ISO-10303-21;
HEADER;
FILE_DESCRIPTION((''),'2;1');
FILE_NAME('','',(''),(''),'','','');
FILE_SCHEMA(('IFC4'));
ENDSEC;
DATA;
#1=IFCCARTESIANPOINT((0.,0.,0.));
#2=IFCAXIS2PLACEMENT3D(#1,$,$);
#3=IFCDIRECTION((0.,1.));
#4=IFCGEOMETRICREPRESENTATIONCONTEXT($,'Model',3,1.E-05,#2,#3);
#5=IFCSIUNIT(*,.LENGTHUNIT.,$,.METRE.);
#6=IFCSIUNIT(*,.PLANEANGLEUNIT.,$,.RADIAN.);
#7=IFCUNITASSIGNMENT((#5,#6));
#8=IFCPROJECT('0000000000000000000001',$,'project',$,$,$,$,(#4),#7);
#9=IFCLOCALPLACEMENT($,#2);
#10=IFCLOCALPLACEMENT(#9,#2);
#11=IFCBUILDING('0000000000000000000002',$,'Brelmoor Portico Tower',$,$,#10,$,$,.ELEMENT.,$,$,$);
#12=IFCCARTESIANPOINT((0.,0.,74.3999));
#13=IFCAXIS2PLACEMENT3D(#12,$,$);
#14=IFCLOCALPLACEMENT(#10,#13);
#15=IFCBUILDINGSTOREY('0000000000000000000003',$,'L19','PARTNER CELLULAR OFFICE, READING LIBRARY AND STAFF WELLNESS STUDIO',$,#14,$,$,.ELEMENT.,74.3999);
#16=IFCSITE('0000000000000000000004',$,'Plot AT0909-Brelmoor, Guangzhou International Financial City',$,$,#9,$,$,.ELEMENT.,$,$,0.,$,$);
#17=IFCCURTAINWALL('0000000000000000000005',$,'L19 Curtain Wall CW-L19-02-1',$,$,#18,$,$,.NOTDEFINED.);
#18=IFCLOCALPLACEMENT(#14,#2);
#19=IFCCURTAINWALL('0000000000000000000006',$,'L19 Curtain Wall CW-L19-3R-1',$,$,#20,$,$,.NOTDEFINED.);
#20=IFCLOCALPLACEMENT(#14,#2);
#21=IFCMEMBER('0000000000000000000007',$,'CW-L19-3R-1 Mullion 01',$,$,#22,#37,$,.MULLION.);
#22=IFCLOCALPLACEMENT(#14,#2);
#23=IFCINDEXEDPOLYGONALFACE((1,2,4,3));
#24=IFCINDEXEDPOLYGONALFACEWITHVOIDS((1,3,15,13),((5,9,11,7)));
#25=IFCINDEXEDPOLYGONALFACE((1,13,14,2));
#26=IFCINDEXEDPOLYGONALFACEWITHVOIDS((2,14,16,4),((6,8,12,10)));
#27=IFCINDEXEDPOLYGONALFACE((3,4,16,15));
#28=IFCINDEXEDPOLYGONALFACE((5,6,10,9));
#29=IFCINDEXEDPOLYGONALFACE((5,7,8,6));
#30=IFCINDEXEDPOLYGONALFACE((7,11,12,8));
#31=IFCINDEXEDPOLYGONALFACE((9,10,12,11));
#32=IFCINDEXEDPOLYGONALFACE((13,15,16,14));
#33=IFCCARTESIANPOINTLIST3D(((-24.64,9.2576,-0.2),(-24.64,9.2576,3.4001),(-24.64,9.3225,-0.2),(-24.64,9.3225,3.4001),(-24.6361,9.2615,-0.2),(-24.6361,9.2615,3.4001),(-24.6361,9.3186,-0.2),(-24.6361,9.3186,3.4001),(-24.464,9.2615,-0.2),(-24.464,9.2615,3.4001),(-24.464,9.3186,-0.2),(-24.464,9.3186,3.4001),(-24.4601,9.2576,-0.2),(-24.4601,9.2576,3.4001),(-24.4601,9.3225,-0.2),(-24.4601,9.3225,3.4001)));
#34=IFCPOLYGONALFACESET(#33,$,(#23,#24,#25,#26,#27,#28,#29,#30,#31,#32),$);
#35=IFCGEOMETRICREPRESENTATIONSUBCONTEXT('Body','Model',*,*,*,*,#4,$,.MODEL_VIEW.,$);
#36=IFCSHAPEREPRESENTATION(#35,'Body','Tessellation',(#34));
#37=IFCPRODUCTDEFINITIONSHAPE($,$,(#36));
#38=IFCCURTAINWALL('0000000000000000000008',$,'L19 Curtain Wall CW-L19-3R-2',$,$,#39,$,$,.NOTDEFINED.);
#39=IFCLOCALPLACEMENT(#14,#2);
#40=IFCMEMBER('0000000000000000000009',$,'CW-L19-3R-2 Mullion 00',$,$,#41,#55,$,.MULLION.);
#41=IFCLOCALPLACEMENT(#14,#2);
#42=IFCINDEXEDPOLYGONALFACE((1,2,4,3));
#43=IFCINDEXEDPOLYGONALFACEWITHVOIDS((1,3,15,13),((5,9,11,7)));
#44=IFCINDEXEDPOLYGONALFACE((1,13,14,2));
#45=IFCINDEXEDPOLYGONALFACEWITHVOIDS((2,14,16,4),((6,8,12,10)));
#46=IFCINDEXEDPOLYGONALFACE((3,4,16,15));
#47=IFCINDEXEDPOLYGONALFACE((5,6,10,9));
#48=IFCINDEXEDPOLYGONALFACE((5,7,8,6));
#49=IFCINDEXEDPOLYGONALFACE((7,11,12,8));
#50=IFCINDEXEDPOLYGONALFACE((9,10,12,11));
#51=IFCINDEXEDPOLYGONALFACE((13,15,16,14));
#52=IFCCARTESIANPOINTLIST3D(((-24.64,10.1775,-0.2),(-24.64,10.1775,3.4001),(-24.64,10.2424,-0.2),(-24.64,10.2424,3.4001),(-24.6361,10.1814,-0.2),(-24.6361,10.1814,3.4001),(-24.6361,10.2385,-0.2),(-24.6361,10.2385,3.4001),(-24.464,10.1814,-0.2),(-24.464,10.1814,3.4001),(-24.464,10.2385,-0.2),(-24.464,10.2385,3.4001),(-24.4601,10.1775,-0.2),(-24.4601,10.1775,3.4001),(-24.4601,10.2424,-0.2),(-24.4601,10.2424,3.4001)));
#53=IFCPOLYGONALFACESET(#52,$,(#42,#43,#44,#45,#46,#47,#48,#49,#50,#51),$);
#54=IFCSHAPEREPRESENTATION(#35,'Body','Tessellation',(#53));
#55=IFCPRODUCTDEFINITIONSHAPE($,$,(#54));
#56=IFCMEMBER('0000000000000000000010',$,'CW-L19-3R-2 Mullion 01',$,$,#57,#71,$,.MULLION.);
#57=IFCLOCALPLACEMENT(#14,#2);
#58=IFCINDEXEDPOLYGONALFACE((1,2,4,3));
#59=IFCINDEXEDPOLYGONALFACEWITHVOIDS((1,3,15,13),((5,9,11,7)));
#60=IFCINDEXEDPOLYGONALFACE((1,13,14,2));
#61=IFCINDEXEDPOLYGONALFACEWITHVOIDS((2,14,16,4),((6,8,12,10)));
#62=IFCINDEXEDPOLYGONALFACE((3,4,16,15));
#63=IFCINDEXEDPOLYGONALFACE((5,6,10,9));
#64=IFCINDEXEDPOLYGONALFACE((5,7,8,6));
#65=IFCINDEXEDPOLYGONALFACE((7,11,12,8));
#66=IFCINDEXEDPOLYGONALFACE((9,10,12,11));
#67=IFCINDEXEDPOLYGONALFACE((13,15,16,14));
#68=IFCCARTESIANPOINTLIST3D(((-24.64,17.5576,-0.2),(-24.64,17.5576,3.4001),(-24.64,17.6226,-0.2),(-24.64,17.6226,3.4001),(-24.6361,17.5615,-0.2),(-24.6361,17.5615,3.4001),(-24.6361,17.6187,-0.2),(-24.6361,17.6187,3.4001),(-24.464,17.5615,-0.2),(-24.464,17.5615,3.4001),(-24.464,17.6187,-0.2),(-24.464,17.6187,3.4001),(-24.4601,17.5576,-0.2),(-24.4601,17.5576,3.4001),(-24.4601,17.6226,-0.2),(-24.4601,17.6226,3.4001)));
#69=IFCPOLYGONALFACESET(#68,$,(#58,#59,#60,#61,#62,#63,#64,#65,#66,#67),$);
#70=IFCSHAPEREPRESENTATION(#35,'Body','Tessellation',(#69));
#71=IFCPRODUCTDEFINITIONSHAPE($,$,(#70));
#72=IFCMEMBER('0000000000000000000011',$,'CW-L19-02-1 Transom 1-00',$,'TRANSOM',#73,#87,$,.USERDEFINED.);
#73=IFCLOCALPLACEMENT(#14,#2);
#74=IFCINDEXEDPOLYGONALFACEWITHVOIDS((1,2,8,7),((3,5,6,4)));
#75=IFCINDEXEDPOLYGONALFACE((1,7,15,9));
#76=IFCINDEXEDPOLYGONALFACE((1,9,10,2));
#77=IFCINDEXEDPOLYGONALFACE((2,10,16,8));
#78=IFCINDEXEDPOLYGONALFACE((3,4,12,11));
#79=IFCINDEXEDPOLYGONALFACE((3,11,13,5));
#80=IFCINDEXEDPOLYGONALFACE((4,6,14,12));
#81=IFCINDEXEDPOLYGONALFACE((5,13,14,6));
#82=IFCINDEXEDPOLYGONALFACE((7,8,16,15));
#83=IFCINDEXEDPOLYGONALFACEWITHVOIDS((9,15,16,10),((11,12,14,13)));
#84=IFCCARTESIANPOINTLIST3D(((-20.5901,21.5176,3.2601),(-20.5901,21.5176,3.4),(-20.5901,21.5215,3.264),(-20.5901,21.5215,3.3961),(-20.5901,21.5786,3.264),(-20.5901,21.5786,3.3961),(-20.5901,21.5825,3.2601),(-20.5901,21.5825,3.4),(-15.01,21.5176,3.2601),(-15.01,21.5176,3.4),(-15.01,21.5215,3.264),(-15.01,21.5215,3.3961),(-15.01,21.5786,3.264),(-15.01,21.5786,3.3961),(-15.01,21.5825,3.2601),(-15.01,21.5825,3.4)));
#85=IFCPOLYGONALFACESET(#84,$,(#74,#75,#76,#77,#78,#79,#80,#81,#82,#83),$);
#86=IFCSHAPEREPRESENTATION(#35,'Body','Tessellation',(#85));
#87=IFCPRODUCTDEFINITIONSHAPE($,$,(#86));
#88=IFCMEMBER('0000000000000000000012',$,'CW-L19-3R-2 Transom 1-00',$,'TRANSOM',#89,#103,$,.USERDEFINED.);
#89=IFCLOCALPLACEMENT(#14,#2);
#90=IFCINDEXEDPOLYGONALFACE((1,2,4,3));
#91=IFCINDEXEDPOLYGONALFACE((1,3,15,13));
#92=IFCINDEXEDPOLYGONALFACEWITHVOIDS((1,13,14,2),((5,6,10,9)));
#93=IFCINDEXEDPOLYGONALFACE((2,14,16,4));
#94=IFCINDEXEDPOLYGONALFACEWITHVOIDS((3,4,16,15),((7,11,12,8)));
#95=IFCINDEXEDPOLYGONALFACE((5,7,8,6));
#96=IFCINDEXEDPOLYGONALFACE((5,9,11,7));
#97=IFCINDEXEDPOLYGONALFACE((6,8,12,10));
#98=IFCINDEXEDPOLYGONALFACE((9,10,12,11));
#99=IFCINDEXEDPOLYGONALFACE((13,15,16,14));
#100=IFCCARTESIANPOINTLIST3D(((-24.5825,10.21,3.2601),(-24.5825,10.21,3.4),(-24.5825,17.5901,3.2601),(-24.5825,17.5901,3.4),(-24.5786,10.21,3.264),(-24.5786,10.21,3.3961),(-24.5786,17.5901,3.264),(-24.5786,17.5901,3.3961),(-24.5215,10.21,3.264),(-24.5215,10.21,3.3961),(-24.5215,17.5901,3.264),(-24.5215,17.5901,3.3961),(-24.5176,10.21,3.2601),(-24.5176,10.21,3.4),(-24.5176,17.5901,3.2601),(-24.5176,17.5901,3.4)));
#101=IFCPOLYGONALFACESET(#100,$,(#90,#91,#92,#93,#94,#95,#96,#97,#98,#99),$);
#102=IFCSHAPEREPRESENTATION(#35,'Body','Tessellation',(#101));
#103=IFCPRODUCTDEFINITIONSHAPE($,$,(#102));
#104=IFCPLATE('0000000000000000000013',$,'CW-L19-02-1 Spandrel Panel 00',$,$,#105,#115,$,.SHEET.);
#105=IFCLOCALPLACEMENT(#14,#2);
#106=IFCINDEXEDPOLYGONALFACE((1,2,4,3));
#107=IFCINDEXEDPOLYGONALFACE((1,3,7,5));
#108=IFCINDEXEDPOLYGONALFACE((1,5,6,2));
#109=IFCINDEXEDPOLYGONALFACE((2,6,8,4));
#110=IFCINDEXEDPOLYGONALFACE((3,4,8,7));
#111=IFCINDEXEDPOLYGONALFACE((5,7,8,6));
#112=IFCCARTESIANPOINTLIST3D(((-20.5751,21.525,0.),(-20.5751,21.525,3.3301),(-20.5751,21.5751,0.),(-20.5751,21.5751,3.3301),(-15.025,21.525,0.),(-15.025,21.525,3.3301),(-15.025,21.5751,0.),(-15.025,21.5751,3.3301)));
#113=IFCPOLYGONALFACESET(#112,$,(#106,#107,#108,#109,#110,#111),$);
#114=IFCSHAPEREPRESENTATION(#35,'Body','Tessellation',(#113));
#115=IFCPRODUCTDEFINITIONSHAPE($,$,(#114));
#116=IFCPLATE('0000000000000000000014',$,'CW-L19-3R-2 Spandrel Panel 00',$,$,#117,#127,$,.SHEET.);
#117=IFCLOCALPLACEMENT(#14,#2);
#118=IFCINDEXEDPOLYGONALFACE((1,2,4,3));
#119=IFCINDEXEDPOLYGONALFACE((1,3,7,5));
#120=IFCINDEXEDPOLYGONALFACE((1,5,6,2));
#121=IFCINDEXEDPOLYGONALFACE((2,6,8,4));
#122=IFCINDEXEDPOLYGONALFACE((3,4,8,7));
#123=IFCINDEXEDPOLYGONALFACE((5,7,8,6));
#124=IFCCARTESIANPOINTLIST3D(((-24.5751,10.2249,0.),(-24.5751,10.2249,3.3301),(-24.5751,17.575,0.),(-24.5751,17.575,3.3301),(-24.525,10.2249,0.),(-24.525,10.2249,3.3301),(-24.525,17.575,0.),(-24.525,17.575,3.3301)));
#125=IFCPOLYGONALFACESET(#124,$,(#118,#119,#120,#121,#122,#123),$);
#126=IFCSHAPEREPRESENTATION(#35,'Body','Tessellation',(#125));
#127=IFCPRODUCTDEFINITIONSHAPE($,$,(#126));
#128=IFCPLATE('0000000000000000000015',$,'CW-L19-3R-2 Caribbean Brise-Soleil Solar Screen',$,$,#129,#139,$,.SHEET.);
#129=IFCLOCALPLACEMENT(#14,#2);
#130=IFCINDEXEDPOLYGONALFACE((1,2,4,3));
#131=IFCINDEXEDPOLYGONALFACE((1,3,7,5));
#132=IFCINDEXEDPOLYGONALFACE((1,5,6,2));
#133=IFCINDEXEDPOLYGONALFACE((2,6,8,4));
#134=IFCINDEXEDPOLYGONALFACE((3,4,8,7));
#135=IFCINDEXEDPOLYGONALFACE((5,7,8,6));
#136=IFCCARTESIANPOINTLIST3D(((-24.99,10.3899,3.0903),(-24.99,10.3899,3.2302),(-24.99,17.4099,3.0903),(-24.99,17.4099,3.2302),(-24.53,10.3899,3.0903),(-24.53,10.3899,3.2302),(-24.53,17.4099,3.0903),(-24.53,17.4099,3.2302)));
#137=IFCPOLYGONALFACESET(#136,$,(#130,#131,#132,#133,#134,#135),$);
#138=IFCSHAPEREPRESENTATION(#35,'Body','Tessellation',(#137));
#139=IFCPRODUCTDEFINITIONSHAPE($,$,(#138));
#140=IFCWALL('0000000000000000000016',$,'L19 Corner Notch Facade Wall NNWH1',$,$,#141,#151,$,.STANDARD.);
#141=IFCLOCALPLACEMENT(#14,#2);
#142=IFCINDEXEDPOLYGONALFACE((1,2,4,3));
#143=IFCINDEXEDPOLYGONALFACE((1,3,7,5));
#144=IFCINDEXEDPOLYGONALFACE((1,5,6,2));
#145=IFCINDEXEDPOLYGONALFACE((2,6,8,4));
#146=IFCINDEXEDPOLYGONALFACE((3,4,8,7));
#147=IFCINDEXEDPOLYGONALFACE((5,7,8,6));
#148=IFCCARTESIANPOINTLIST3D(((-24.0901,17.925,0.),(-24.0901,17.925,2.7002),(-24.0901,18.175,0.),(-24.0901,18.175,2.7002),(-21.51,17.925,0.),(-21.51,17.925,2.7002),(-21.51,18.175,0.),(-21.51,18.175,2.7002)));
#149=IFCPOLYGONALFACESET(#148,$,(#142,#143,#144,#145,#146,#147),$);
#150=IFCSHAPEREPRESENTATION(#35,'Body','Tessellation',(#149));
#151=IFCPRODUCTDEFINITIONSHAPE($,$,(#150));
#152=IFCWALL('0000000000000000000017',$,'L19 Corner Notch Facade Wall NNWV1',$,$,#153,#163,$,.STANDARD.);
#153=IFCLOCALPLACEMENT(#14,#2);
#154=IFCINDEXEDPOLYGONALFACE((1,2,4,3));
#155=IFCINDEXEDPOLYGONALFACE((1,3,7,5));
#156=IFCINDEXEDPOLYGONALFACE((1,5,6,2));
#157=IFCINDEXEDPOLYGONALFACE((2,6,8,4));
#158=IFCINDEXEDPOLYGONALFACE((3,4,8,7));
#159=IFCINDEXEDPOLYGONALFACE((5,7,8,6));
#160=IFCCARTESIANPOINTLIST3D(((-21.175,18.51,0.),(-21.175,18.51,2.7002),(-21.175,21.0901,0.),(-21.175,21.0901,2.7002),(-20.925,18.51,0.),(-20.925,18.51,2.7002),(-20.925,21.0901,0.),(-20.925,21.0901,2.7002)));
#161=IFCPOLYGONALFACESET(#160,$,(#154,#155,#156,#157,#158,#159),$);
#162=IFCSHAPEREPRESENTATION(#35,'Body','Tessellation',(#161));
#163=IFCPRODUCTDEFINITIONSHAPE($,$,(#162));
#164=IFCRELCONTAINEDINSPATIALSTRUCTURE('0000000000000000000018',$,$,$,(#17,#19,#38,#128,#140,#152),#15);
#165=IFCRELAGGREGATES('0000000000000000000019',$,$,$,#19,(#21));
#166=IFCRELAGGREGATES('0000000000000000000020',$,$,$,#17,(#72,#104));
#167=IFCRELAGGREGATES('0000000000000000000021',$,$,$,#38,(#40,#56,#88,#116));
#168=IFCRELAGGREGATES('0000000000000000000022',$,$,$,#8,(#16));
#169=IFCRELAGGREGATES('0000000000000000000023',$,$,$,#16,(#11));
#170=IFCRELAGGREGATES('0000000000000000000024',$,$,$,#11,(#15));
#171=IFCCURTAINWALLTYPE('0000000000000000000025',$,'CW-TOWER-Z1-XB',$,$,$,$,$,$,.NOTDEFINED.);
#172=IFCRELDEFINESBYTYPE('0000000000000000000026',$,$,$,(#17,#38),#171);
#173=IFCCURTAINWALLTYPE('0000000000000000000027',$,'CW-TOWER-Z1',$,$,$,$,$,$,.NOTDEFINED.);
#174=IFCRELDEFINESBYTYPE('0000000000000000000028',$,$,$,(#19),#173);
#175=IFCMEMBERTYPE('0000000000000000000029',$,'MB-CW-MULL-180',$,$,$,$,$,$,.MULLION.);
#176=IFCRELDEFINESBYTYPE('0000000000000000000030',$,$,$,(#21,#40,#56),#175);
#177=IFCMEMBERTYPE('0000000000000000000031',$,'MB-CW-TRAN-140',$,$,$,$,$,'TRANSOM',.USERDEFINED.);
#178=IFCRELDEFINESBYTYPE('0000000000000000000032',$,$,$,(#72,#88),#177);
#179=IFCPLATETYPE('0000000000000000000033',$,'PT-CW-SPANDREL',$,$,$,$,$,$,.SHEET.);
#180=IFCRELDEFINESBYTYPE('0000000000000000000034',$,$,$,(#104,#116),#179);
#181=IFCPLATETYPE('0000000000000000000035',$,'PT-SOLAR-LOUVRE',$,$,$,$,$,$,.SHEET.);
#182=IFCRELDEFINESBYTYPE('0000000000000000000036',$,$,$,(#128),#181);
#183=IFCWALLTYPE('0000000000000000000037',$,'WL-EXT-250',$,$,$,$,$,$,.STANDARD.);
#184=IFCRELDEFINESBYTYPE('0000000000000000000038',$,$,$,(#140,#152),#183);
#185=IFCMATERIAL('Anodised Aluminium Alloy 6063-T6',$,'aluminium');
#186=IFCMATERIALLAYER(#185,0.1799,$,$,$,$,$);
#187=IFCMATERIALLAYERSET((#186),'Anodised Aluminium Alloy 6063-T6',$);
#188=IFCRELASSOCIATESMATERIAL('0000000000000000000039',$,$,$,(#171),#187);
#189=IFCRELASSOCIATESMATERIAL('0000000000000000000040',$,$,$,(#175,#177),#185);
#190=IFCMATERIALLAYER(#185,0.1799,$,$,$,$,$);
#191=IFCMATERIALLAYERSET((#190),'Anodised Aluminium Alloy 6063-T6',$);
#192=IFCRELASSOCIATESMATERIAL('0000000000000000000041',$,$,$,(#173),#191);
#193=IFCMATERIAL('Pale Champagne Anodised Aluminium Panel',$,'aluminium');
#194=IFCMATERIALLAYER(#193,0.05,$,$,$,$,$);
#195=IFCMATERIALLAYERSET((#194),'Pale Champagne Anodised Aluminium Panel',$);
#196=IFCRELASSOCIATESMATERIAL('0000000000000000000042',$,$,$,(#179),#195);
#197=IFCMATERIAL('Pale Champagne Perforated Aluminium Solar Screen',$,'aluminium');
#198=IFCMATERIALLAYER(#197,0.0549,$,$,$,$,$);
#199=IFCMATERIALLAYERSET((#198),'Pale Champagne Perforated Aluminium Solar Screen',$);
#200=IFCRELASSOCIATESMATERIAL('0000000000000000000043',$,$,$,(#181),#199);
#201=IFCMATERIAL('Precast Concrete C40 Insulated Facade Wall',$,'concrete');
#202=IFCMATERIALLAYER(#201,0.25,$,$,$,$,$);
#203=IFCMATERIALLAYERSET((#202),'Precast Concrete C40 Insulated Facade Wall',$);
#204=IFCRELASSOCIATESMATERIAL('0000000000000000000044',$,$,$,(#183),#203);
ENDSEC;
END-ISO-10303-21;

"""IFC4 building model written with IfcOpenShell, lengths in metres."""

from ifc_helpers import new_model, si_unit, direction, frame, frame_2d, origin, origin_2d, place, context, subcontext, project, spatial, rectangle, hollow_rectangle, extrude, material, layer, layer_set, material_profile, profile_set, type_object, element, aggregate, save


model = new_model("IFC4")

# Units and contexts
model_context = context("Model", 3, precision=1e-05, world=origin(), true_north=direction((0.0, 1.0)))
body_context = subcontext(model_context, "Body", "Model", "MODEL_VIEW")
ifc_project = project(units=[si_unit("LENGTHUNIT", "METRE"), si_unit("PLANEANGLEUNIT", "RADIAN")], contexts=[model_context])

# Site, building, storey
site_placement = place(None, origin())
site = spatial("IfcSite", under=ifc_project, at=site_placement, Name="Plot AT0909-Brelmoor, Guangzhou International Financial City", CompositionType="ELEMENT", RefElevation=0.0)
building_placement = place(site_placement, origin())
building = spatial("IfcBuilding", under=site, at=building_placement, Name="Brelmoor Portico Tower", CompositionType="ELEMENT")
storey_placement = place(building_placement, frame((0.0, 0.0, 74.3999)))
storey = spatial("IfcBuildingStorey", under=building, at=storey_placement, Name="L19", Description="PARTNER CELLULAR OFFICE, READING LIBRARY AND STAFF WELLNESS STUDIO", CompositionType="ELEMENT", Elevation=74.3999)

# Curtain walls, member
ifc_material_1 = material(Name="Anodised Aluminium Alloy 6063-T6", Category="aluminium")
ifc_layer_1 = layer(ifc_material_1, 0.1799)
ifc_layer_set_1 = layer_set([ifc_layer_1], Name="Anodised Aluminium Alloy 6063-T6")
curtain_wall_type_1 = type_object("IfcCurtainWallType", Name="CW-TOWER-Z1-XB", PredefinedType="NOTDEFINED", material=ifc_layer_set_1)
curtain_wall_1_placement = place(storey_placement, origin())
curtain_wall_1 = element("IfcCurtainWall", 1, at=curtain_wall_1_placement, inside=storey, type_object=curtain_wall_type_1, Name="L19 Curtain Wall CW-L19-02-1", PredefinedType="NOTDEFINED")
ifc_material_profile_1 = material_profile(ifc_material_1, hollow_rectangle(XDim=0.0649, YDim=0.1799, WallThickness=0.0039, at=origin_2d()), Name="ALU MULLION 65x180")
ifc_profile_set_1 = profile_set([ifc_material_profile_1], Name="Anodised Aluminium Alloy 6063-T6")
member_type_1 = type_object("IfcMemberType", Name="MB-CW-MULL-180", PredefinedType="MULLION", material=ifc_profile_set_1)
ifc_layer_2 = layer(ifc_material_1, 0.1799)
ifc_layer_set_2 = layer_set([ifc_layer_2], Name="Anodised Aluminium Alloy 6063-T6")
curtain_wall_type_2 = type_object("IfcCurtainWallType", Name="CW-TOWER-Z1", PredefinedType="NOTDEFINED", material=ifc_layer_set_2)
curtain_wall_2_placement = place(storey_placement, origin())
curtain_wall_2 = element("IfcCurtainWall", 2, at=curtain_wall_2_placement, inside=storey, type_object=curtain_wall_type_2, Name="L19 Curtain Wall CW-L19-3R-1", PredefinedType="NOTDEFINED")
member_1_placement = place(storey_placement, frame((-24.55, 9.29, -0.2), z_axis=(0.0, 0.0, 1.0), x_axis=(0.0, 1.0, 0.0)))
member_1 = element("IfcMember", 3, at=member_1_placement, type_object=member_type_1, Name="CW-L19-3R-1 Mullion 01", PredefinedType="MULLION", context=body_context, shape_type="SweptSolid", body=[
    extrude(hollow_rectangle(XDim=0.0649, YDim=0.1799, WallThickness=0.0039, at=origin_2d()), origin(), (0.0, 0.0, 1.0), 3.6001),
])
aggregate(curtain_wall_2, [member_1])

# Curtain wall, members
curtain_wall_3_placement = place(storey_placement, origin())
curtain_wall_3 = element("IfcCurtainWall", 4, at=curtain_wall_3_placement, inside=storey, type_object=curtain_wall_type_1, Name="L19 Curtain Wall CW-L19-3R-2", PredefinedType="NOTDEFINED")
member_2_placement = place(storey_placement, frame((-24.55, 10.21, -0.2), z_axis=(0.0, 0.0, 1.0), x_axis=(0.0, 1.0, 0.0)))
member_2 = element("IfcMember", 5, at=member_2_placement, type_object=member_type_1, Name="CW-L19-3R-2 Mullion 00", PredefinedType="MULLION", context=body_context, shape_type="SweptSolid", body=[
    extrude(hollow_rectangle(XDim=0.0649, YDim=0.1799, WallThickness=0.0039, at=origin_2d()), origin(), (0.0, 0.0, 1.0), 3.6001),
])
member_3_placement = place(storey_placement, frame((-24.55, 17.5901, -0.2), z_axis=(0.0, 0.0, 1.0), x_axis=(0.0, 1.0, 0.0)))
member_3 = element("IfcMember", 6, at=member_3_placement, type_object=member_type_1, Name="CW-L19-3R-2 Mullion 01", PredefinedType="MULLION", context=body_context, shape_type="SweptSolid", body=[
    extrude(hollow_rectangle(XDim=0.0649, YDim=0.1799, WallThickness=0.0039, at=origin_2d()), origin(), (0.0, 0.0, 1.0), 3.6001),
])

# Members
ifc_material_profile_2 = material_profile(ifc_material_1, hollow_rectangle(XDim=0.0649, YDim=0.1399, WallThickness=0.0039, at=origin_2d()), Name="ALU TRANSOM 65x140")
ifc_profile_set_2 = profile_set([ifc_material_profile_2], Name="Anodised Aluminium Alloy 6063-T6")
member_type_2 = type_object("IfcMemberType", Name="MB-CW-TRAN-140", ElementType="TRANSOM", PredefinedType="USERDEFINED", material=ifc_profile_set_2)
member_4_placement = place(storey_placement, frame((-20.5901, 21.55, 3.3301), z_axis=(1.0, 0.0, 0.0), x_axis=(0.0, 1.0, 0.0)))
member_4 = element("IfcMember", 7, at=member_4_placement, type_object=member_type_2, Name="CW-L19-02-1 Transom 1-00", ObjectType="TRANSOM", PredefinedType="USERDEFINED", context=body_context, shape_type="SweptSolid", body=[
    extrude(hollow_rectangle(XDim=0.0649, YDim=0.1399, WallThickness=0.0039, at=origin_2d()), origin(), (0.0, 0.0, 1.0), 5.5801),
])
member_5_placement = place(storey_placement, frame((-24.55, 10.21, 3.3301), z_axis=(0.0, 1.0, 0.0), x_axis=(-1.0, 0.0, 0.0)))
member_5 = element("IfcMember", 8, at=member_5_placement, type_object=member_type_2, Name="CW-L19-3R-2 Transom 1-00", ObjectType="TRANSOM", PredefinedType="USERDEFINED", context=body_context, shape_type="SweptSolid", body=[
    extrude(hollow_rectangle(XDim=0.0649, YDim=0.1399, WallThickness=0.0039, at=origin_2d()), origin(), (0.0, 0.0, 1.0), 7.3801),
])

# Plates
ifc_material_2 = material(Name="Pale Champagne Anodised Aluminium Panel", Category="aluminium")
ifc_layer_3 = layer(ifc_material_2, 0.05)
ifc_layer_set_3 = layer_set([ifc_layer_3], Name="Pale Champagne Anodised Aluminium Panel")
plate_type_1 = type_object("IfcPlateType", Name="PT-CW-SPANDREL", PredefinedType="SHEET", material=ifc_layer_set_3)
plate_1_placement = place(storey_placement, frame((-17.8, 21.55, 0.0), z_axis=(0.0, 0.0, 1.0), x_axis=(1.0, 0.0, 0.0)))
plate_1 = element("IfcPlate", 9, at=plate_1_placement, type_object=plate_type_1, Name="CW-L19-02-1 Spandrel Panel 00", PredefinedType="SHEET", context=body_context, shape_type="SweptSolid", body=[
    extrude(rectangle(XDim=5.55, YDim=0.05, at=origin_2d()), origin(), (0.0, 0.0, 1.0), 3.3301),
])
aggregate(curtain_wall_1, [member_4, plate_1])
plate_2_placement = place(storey_placement, frame((-24.55, 13.8999, 0.0), z_axis=(0.0, 0.0, 1.0), x_axis=(0.0, 1.0, 0.0)))
plate_2 = element("IfcPlate", 10, at=plate_2_placement, type_object=plate_type_1, Name="CW-L19-3R-2 Spandrel Panel 00", PredefinedType="SHEET", context=body_context, shape_type="SweptSolid", body=[
    extrude(rectangle(XDim=7.3501, YDim=0.05, at=origin_2d()), origin(), (0.0, 0.0, 1.0), 3.3301),
])
aggregate(curtain_wall_3, [member_2, member_3, member_5, plate_2])
ifc_material_3 = material(Name="Pale Champagne Perforated Aluminium Solar Screen", Category="aluminium")
ifc_layer_4 = layer(ifc_material_3, 0.0549)
ifc_layer_set_4 = layer_set([ifc_layer_4], Name="Pale Champagne Perforated Aluminium Solar Screen")
plate_type_2 = type_object("IfcPlateType", Name="PT-SOLAR-LOUVRE", PredefinedType="SHEET", material=ifc_layer_set_4)
plate_3_placement = place(storey_placement, frame((-24.76, 13.8999, 3.0903), z_axis=(0.0, 0.0, 1.0), x_axis=(0.0, 1.0, 0.0)))
element("IfcPlate", 11, at=plate_3_placement, inside=storey, type_object=plate_type_2, Name="CW-L19-3R-2 Caribbean Brise-Soleil Solar Screen", PredefinedType="SHEET", context=body_context, shape_type="SweptSolid", body=[
    extrude(rectangle(XDim=7.02, YDim=0.46, at=origin_2d()), origin(), (0.0, 0.0, 1.0), 0.1399),
])

# Walls
ifc_material_4 = material(Name="Precast Concrete C40 Insulated Facade Wall", Category="concrete")
ifc_layer_5 = layer(ifc_material_4, 0.25)
ifc_layer_set_5 = layer_set([ifc_layer_5], Name="Precast Concrete C40 Insulated Facade Wall")
wall_type_1 = type_object("IfcWallType", Name="WL-EXT-250", PredefinedType="STANDARD", material=ifc_layer_set_5)
for number, where, z_axis, x_axis, name in (
    (12, (-24.0901, 18.05, 0.0), (0.0, 0.0, 1.0), (1.0, 0.0, 0.0), "L19 Corner Notch Facade Wall NNWH1"),
    (13, (-21.05, 18.51, 0.0), (0.0, 0.0, 1.0), (0.0, 1.0, 0.0), "L19 Corner Notch Facade Wall NNWV1"),
):
    element("IfcWall", number, at=place(storey_placement, frame(where, z_axis=z_axis, x_axis=x_axis)), inside=storey, type_object=wall_type_1, Name=name, PredefinedType="STANDARD", context=body_context, shape_type="SweptSolid", body=[
        extrude(rectangle(XDim=2.5801, YDim=0.25, at=frame_2d((1.29, 0.0))), origin(), (0.0, 0.0, 1.0), 2.7002),
    ])

save(model, "model.ifc")
